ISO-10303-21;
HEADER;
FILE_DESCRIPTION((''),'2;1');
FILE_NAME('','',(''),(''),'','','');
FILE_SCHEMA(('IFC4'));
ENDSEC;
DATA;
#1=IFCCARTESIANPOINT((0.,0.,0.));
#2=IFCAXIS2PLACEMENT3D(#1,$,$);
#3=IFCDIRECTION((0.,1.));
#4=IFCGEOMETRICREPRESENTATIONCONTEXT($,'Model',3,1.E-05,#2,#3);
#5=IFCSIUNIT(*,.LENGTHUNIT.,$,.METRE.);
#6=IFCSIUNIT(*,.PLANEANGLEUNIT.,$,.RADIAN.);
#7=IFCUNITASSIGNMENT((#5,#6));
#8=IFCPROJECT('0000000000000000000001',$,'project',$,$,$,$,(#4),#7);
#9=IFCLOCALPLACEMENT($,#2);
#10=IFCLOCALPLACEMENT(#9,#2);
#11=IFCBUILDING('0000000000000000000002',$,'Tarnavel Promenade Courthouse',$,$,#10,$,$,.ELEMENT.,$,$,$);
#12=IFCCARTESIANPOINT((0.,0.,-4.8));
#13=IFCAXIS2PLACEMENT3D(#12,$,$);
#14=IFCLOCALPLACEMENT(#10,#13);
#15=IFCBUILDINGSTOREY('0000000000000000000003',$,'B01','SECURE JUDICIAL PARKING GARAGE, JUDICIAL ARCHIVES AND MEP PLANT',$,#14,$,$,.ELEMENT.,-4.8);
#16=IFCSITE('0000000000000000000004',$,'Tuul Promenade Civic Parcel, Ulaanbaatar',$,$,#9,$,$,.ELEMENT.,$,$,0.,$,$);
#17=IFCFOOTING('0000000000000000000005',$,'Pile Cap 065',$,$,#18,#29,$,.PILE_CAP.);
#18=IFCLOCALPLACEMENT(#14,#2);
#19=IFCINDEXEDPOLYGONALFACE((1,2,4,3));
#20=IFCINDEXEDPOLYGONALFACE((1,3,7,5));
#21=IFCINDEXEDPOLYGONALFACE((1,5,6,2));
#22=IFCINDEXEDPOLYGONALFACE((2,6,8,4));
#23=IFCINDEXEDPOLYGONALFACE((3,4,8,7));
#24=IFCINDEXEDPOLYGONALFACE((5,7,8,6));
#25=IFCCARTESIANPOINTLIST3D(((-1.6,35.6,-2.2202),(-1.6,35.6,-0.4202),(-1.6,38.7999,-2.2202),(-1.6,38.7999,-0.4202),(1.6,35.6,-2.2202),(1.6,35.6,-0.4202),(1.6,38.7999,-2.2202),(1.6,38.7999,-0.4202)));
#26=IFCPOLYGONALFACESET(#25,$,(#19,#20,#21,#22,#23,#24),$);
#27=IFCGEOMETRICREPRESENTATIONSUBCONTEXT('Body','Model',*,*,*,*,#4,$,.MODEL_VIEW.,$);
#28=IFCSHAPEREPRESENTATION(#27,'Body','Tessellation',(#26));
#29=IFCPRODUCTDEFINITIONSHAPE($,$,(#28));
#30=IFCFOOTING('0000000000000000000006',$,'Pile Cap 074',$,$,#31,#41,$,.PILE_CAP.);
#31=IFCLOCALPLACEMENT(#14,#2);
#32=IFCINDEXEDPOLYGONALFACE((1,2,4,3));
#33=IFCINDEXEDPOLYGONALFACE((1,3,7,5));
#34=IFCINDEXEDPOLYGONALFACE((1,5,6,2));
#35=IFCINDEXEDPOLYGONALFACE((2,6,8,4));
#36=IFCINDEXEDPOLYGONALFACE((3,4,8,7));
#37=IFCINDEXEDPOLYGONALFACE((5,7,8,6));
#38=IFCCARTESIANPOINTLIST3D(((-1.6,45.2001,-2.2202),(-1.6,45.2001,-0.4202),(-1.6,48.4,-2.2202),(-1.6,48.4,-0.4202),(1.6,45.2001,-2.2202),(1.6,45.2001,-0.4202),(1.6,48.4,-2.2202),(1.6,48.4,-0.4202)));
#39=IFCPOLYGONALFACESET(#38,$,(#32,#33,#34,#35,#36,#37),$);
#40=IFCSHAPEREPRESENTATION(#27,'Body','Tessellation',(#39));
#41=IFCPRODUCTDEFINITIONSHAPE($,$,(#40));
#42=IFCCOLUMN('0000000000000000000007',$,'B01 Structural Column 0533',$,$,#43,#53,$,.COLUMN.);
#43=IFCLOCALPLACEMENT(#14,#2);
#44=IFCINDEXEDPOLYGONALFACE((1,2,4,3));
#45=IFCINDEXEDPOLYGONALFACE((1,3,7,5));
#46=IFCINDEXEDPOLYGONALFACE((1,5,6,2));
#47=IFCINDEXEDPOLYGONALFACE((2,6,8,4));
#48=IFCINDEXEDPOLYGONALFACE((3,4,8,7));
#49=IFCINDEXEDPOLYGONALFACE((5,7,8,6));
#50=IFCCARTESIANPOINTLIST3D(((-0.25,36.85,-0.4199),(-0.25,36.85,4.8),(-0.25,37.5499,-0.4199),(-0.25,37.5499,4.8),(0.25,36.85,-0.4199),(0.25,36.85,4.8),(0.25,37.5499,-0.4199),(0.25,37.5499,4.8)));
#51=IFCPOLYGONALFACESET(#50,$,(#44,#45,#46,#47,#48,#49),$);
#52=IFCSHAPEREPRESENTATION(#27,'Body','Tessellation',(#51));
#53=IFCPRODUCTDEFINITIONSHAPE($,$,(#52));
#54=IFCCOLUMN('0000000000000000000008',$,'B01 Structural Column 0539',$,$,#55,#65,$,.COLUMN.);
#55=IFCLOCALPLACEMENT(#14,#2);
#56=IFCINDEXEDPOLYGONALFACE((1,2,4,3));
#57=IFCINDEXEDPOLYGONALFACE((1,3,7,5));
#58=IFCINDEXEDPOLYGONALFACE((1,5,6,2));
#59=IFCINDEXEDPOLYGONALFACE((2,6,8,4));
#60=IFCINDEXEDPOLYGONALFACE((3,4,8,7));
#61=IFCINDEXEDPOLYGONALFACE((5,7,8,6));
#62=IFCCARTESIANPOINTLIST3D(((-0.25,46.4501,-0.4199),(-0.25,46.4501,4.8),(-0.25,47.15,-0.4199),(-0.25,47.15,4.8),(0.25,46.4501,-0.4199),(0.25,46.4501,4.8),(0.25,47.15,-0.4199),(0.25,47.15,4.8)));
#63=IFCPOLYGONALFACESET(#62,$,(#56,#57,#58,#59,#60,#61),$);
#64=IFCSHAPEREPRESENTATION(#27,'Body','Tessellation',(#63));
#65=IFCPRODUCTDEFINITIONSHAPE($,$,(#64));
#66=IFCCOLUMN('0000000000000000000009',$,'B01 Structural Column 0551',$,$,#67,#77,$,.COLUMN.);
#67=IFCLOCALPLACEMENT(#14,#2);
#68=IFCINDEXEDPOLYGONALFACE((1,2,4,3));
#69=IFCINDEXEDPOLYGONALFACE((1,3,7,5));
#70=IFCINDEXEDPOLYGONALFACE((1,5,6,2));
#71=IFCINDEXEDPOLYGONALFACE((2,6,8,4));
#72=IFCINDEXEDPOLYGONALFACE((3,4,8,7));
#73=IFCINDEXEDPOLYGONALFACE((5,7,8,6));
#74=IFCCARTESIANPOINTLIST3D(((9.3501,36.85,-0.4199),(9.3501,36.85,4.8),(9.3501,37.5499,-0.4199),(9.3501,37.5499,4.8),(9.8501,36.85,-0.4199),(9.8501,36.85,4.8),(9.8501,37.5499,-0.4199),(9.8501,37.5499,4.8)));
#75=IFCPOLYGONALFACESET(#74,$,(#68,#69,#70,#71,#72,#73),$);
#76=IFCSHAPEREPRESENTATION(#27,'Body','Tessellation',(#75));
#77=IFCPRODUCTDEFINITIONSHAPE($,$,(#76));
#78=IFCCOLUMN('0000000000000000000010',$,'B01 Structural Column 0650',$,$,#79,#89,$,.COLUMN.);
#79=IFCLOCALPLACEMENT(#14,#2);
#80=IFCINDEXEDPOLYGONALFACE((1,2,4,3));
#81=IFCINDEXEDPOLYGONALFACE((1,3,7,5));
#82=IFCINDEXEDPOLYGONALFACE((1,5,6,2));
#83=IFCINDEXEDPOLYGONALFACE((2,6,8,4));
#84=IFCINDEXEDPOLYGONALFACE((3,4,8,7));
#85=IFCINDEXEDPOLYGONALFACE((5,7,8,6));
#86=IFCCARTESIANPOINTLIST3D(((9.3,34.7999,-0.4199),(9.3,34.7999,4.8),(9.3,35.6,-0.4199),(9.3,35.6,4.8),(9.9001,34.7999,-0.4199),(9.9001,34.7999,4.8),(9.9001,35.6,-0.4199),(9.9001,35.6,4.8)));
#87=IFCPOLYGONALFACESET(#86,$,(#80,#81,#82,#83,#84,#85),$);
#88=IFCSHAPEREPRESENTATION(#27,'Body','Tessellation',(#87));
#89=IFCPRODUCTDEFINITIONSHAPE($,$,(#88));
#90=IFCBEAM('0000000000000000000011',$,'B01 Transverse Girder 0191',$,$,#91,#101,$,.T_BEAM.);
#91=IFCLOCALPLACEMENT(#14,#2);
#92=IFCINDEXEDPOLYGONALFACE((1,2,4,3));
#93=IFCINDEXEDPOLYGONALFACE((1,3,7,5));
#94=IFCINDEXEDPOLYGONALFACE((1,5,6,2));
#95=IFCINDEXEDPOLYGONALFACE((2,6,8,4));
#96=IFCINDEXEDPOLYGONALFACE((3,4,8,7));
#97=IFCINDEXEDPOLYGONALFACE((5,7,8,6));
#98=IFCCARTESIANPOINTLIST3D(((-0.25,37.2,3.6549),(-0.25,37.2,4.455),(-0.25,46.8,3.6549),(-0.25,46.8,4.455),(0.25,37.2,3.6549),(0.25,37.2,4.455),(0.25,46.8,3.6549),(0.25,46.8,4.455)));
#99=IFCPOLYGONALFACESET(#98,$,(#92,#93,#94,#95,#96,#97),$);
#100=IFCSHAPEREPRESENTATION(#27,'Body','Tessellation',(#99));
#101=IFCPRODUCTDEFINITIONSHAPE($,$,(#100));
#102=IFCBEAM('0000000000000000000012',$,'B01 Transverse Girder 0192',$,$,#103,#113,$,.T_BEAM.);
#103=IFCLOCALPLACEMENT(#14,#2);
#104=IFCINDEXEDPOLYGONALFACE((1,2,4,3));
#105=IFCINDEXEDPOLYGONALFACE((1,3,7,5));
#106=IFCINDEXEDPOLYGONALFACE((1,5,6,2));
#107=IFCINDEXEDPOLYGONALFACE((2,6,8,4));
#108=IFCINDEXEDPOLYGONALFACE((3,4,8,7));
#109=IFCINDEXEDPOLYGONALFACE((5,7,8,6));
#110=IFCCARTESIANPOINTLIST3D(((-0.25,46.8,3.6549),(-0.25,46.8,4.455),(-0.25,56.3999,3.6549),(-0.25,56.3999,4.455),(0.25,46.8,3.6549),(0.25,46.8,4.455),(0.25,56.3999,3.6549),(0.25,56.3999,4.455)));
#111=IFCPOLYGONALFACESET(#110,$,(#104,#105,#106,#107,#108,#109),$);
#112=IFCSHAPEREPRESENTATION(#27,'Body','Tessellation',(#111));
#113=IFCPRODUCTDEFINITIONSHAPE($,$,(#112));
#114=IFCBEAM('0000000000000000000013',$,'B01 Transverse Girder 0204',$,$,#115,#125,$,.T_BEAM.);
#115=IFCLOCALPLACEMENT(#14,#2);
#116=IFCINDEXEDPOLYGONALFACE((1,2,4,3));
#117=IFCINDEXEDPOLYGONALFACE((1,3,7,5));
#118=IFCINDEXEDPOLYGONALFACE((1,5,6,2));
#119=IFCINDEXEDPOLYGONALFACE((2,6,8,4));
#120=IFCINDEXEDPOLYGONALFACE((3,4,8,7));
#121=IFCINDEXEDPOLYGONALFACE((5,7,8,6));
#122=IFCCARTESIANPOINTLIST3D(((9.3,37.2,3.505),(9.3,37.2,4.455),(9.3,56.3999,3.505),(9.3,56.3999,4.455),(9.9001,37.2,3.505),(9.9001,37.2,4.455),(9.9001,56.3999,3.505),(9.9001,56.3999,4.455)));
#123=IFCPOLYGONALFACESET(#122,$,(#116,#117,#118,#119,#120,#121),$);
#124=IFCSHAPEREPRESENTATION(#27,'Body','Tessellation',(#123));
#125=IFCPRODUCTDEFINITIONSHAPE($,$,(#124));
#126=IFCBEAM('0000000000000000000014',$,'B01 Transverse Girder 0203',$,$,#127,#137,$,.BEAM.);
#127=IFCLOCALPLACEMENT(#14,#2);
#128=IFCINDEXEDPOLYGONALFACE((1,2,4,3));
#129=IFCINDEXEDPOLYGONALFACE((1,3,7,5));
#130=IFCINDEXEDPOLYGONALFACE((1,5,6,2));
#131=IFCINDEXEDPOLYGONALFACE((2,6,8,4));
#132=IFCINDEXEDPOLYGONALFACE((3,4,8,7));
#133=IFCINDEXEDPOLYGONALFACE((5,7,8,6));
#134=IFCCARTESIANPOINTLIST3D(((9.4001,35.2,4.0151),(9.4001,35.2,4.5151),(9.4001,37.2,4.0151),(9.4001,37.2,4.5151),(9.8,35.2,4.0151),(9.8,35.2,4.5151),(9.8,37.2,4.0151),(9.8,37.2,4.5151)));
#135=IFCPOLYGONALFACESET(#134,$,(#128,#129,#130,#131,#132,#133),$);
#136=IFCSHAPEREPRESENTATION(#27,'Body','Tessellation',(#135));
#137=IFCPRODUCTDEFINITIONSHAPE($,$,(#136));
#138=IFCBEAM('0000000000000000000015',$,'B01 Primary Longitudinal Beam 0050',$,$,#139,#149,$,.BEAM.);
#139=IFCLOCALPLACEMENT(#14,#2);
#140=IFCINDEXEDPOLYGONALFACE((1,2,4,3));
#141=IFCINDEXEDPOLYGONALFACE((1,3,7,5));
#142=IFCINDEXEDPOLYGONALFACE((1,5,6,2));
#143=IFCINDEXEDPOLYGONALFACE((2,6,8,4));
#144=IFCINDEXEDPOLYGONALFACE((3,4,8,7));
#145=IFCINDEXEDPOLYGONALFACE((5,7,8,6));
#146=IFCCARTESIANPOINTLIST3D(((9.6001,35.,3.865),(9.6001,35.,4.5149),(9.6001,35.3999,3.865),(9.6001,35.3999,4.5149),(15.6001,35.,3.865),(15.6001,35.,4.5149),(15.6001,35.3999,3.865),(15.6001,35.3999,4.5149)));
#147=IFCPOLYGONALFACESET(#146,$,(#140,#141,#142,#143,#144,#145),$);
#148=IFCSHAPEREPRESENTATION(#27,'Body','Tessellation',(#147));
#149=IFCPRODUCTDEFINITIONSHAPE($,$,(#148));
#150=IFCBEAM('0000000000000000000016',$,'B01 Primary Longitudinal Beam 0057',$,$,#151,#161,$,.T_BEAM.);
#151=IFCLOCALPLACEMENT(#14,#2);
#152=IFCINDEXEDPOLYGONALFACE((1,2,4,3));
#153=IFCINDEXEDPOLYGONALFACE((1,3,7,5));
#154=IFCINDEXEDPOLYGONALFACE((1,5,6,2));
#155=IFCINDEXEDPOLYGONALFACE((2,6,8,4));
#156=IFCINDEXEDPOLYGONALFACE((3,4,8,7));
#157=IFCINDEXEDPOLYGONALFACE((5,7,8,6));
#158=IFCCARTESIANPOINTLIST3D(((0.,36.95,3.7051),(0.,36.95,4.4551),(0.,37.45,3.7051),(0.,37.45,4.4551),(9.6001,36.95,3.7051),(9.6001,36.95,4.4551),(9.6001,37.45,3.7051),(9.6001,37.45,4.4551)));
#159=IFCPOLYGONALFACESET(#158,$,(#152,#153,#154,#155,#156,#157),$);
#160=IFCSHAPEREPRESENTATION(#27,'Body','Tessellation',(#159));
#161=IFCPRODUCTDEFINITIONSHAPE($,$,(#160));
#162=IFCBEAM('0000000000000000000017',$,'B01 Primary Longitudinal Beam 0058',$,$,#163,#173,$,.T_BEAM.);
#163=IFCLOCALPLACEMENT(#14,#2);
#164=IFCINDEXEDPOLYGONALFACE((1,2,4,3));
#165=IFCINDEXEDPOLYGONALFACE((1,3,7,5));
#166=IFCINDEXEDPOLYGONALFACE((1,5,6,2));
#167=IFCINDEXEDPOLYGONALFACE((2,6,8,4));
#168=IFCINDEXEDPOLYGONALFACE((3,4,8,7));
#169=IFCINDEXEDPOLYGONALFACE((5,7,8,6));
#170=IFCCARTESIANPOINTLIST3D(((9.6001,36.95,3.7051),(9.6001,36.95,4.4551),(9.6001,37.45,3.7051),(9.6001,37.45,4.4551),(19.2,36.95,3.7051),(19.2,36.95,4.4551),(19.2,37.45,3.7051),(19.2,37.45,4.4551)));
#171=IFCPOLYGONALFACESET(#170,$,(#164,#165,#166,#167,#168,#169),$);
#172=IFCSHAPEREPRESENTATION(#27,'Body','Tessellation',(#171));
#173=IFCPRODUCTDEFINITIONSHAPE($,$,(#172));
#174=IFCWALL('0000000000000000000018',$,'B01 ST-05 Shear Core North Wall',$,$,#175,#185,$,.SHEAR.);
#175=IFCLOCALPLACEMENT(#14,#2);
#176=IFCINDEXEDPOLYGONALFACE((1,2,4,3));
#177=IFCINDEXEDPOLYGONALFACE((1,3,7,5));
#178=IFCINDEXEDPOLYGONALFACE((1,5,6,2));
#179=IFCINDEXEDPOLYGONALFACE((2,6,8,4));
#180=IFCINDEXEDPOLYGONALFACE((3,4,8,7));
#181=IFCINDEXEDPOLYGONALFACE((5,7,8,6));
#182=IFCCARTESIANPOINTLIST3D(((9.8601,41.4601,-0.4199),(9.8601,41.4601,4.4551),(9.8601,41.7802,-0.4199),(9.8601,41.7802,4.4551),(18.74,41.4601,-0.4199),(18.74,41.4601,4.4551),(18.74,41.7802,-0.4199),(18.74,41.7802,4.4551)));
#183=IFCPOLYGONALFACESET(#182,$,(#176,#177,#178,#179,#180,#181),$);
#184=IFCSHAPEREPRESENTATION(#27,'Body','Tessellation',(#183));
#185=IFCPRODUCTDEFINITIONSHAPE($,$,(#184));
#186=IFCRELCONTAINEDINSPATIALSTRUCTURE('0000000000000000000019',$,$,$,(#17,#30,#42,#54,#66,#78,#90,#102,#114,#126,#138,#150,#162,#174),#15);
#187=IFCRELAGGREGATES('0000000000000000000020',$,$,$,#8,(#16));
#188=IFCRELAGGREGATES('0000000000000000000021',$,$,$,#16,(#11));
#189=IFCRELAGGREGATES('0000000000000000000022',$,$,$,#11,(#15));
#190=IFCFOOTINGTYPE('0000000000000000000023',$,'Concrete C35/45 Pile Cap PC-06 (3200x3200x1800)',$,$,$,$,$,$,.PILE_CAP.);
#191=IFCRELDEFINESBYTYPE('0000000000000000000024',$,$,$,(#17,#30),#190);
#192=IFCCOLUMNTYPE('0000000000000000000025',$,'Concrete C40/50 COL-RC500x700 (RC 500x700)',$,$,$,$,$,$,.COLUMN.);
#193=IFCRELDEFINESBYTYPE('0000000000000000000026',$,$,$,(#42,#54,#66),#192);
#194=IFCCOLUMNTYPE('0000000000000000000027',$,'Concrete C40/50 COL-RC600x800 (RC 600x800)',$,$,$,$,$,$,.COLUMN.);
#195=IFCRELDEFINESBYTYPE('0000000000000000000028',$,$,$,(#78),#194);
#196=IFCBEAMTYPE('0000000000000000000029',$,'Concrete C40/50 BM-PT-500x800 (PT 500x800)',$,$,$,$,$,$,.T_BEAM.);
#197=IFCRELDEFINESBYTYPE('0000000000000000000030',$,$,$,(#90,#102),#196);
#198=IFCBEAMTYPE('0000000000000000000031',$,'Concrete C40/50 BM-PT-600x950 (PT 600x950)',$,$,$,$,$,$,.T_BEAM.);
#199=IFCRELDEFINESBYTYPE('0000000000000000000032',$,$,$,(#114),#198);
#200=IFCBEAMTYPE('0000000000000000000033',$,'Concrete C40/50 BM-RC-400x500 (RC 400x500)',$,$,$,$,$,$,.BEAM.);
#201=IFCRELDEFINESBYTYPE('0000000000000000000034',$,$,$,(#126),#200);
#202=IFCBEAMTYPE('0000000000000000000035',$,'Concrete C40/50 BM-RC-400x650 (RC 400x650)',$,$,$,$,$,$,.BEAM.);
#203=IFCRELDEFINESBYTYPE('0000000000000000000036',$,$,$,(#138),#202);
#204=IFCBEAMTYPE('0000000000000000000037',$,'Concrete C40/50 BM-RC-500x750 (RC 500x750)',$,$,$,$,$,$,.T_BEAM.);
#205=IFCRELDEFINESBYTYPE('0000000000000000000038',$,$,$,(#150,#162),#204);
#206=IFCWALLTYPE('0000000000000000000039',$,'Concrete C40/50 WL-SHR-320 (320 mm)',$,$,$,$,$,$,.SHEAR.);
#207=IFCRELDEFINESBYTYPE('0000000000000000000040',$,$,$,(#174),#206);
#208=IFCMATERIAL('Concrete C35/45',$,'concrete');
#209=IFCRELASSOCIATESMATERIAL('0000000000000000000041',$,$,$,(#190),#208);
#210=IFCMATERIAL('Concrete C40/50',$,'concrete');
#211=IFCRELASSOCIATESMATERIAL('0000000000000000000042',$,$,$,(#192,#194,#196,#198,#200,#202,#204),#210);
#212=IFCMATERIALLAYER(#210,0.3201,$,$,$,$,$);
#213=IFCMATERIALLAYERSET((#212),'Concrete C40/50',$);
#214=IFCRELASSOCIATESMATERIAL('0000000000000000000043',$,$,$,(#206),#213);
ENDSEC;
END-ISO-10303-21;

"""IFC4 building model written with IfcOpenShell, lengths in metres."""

from ifc_helpers import new_model, si_unit, direction, frame, frame_2d, origin, origin_2d, place, context, subcontext, project, spatial, rectangle, extrude, material, layer, layer_set, material_profile, profile_set, type_object, element, save


model = new_model("IFC4")

# Units and contexts
model_context = context("Model", 3, precision=1e-05, world=origin(), true_north=direction((0.0, 1.0)))
body_context = subcontext(model_context, "Body", "Model", "MODEL_VIEW")
ifc_project = project(units=[si_unit("LENGTHUNIT", "METRE"), si_unit("PLANEANGLEUNIT", "RADIAN")], contexts=[model_context])

# Site, building, storey
site_placement = place(None, origin())
site = spatial("IfcSite", under=ifc_project, at=site_placement, Name="Tuul Promenade Civic Parcel, Ulaanbaatar", CompositionType="ELEMENT", RefElevation=0.0)
building_placement = place(site_placement, origin())
building = spatial("IfcBuilding", under=site, at=building_placement, Name="Tarnavel Promenade Courthouse", CompositionType="ELEMENT")
storey_placement = place(building_placement, frame((0.0, 0.0, -4.8)))
storey = spatial("IfcBuildingStorey", under=building, at=storey_placement, Name="B01", Description="SECURE JUDICIAL PARKING GARAGE, JUDICIAL ARCHIVES AND MEP PLANT", CompositionType="ELEMENT", Elevation=-4.8)

# Footings
ifc_material_1 = material(Name="Concrete C35/45", Category="concrete")
footing_type_1 = type_object("IfcFootingType", Name="Concrete C35/45 Pile Cap PC-06 (3200x3200x1800)", PredefinedType="PILE_CAP", material=ifc_material_1)
for number, where, z_axis, x_axis, name in (
    (1, (0.0, 37.2, -2.2202), (0.0, 0.0, 1.0), (1.0, 0.0, 0.0), "Pile Cap 065"),
    (2, (0.0, 46.8, -2.2202), (0.0, 0.0, 1.0), (1.0, 0.0, 0.0), "Pile Cap 074"),
):
    element("IfcFooting", number, at=place(storey_placement, frame(where, z_axis=z_axis, x_axis=x_axis)), inside=storey, type_object=footing_type_1, Name=name, PredefinedType="PILE_CAP", context=body_context, shape_type="SweptSolid", body=[
        extrude(rectangle(XDim=3.2, YDim=3.2, at=origin_2d()), origin(), (0.0, 0.0, 1.0), 1.8),
    ])

# Columns
ifc_material_2 = material(Name="Concrete C40/50", Category="concrete")
ifc_material_profile_1 = material_profile(ifc_material_2, rectangle(XDim=0.5, YDim=0.7, at=origin_2d()), Name="RC 500x700")
ifc_profile_set_1 = profile_set([ifc_material_profile_1], Name="Concrete C40/50")
column_type_1 = type_object("IfcColumnType", Name="Concrete C40/50 COL-RC500x700 (RC 500x700)", PredefinedType="COLUMN", material=ifc_profile_set_1)
for number, where, z_axis, x_axis, name in (
    (3, (0.0, 37.2, -0.4199), (0.0, 0.0, 1.0), (1.0, 0.0, 0.0), "B01 Structural Column 0533"),
    (4, (0.0, 46.8, -0.4199), (0.0, 0.0, 1.0), (1.0, 0.0, 0.0), "B01 Structural Column 0539"),
    (5, (9.6001, 37.2, -0.4199), (0.0, 0.0, 1.0), (1.0, 0.0, 0.0), "B01 Structural Column 0551"),
):
    element("IfcColumn", number, at=place(storey_placement, frame(where, z_axis=z_axis, x_axis=x_axis)), inside=storey, type_object=column_type_1, Name=name, PredefinedType="COLUMN", context=body_context, shape_type="SweptSolid", body=[
        extrude(rectangle(XDim=0.5, YDim=0.7, at=origin_2d()), origin(), (0.0, 0.0, 1.0), 5.22),
    ])
ifc_material_profile_2 = material_profile(ifc_material_2, rectangle(XDim=0.6001, YDim=0.8, at=origin_2d()), Name="RC 600x800")
ifc_profile_set_2 = profile_set([ifc_material_profile_2], Name="Concrete C40/50")
column_type_2 = type_object("IfcColumnType", Name="Concrete C40/50 COL-RC600x800 (RC 600x800)", PredefinedType="COLUMN", material=ifc_profile_set_2)
column_placement = place(storey_placement, frame((9.6001, 35.2, -0.4199), z_axis=(0.0, 0.0, 1.0), x_axis=(1.0, 0.0, 0.0)))
element("IfcColumn", 6, at=column_placement, inside=storey, type_object=column_type_2, Name="B01 Structural Column 0650", PredefinedType="COLUMN", context=body_context, shape_type="SweptSolid", body=[
    extrude(rectangle(XDim=0.6001, YDim=0.8, at=origin_2d()), origin(), (0.0, 0.0, 1.0), 5.22),
])

# Beams
ifc_material_profile_3 = material_profile(ifc_material_2, rectangle(XDim=0.5, YDim=0.8, at=origin_2d()), Name="PT 500x800")
ifc_profile_set_3 = profile_set([ifc_material_profile_3], Name="Concrete C40/50")
beam_type_1 = type_object("IfcBeamType", Name="Concrete C40/50 BM-PT-500x800 (PT 500x800)", PredefinedType="T_BEAM", material=ifc_profile_set_3)
beam_1_placement = place(storey_placement, frame((0.0, 37.2, 4.0549), z_axis=(0.0, 1.0, 0.0), x_axis=(-1.0, 0.0, 0.0)))
element("IfcBeam", 7, at=beam_1_placement, inside=storey, type_object=beam_type_1, Name="B01 Transverse Girder 0191", PredefinedType="T_BEAM", context=body_context, shape_type="SweptSolid", body=[
    extrude(rectangle(XDim=0.5, YDim=0.8, at=origin_2d()), origin(), (0.0, 0.0, 1.0), 9.6001),
])
beam_2_placement = place(storey_placement, frame((0.0, 46.8, 4.0549), z_axis=(0.0, 1.0, 0.0), x_axis=(-1.0, 0.0, 0.0)))
element("IfcBeam", 8, at=beam_2_placement, inside=storey, type_object=beam_type_1, Name="B01 Transverse Girder 0192", PredefinedType="T_BEAM", context=body_context, shape_type="SweptSolid", body=[
    extrude(rectangle(XDim=0.5, YDim=0.8, at=origin_2d()), origin(), (0.0, 0.0, 1.0), 9.5999),
])
ifc_material_profile_4 = material_profile(ifc_material_2, rectangle(XDim=0.6001, YDim=0.95, at=origin_2d()), Name="PT 600x950")
ifc_profile_set_4 = profile_set([ifc_material_profile_4], Name="Concrete C40/50")
beam_type_2 = type_object("IfcBeamType", Name="Concrete C40/50 BM-PT-600x950 (PT 600x950)", PredefinedType="T_BEAM", material=ifc_profile_set_4)
beam_3_placement = place(storey_placement, frame((9.6001, 37.2, 3.98), z_axis=(0.0, 1.0, 0.0), x_axis=(-1.0, 0.0, 0.0)))
element("IfcBeam", 9, at=beam_3_placement, inside=storey, type_object=beam_type_2, Name="B01 Transverse Girder 0204", PredefinedType="T_BEAM", context=body_context, shape_type="SweptSolid", body=[
    extrude(rectangle(XDim=0.6001, YDim=0.95, at=origin_2d()), origin(), (0.0, 0.0, 1.0), 19.2),
])
ifc_material_profile_5 = material_profile(ifc_material_2, rectangle(XDim=0.3999, YDim=0.5, at=origin_2d()), Name="RC 400x500")
ifc_profile_set_5 = profile_set([ifc_material_profile_5], Name="Concrete C40/50")
beam_type_3 = type_object("IfcBeamType", Name="Concrete C40/50 BM-RC-400x500 (RC 400x500)", PredefinedType="BEAM", material=ifc_profile_set_5)
beam_4_placement = place(storey_placement, frame((9.6001, 35.2, 4.2651), z_axis=(0.0, 1.0, 0.0), x_axis=(-1.0, 0.0, 0.0)))
element("IfcBeam", 10, at=beam_4_placement, inside=storey, type_object=beam_type_3, Name="B01 Transverse Girder 0203", PredefinedType="BEAM", context=body_context, shape_type="SweptSolid", body=[
    extrude(rectangle(XDim=0.3999, YDim=0.5, at=origin_2d()), origin(), (0.0, 0.0, 1.0), 2.0),
])
ifc_material_profile_6 = material_profile(ifc_material_2, rectangle(XDim=0.3999, YDim=0.6499, at=origin_2d()), Name="RC 400x650")
ifc_profile_set_6 = profile_set([ifc_material_profile_6], Name="Concrete C40/50")
beam_type_4 = type_object("IfcBeamType", Name="Concrete C40/50 BM-RC-400x650 (RC 400x650)", PredefinedType="BEAM", material=ifc_profile_set_6)
beam_5_placement = place(storey_placement, frame((9.6001, 35.2, 4.1899), z_axis=(1.0, 0.0, 0.0), x_axis=(0.0, 1.0, 0.0)))
element("IfcBeam", 11, at=beam_5_placement, inside=storey, type_object=beam_type_4, Name="B01 Primary Longitudinal Beam 0050", PredefinedType="BEAM", context=body_context, shape_type="SweptSolid", body=[
    extrude(rectangle(XDim=0.3999, YDim=0.6499, at=origin_2d()), origin(), (0.0, 0.0, 1.0), 6.0),
])
ifc_material_profile_7 = material_profile(ifc_material_2, rectangle(XDim=0.5, YDim=0.75, at=origin_2d()), Name="RC 500x750")
ifc_profile_set_7 = profile_set([ifc_material_profile_7], Name="Concrete C40/50")
beam_type_5 = type_object("IfcBeamType", Name="Concrete C40/50 BM-RC-500x750 (RC 500x750)", PredefinedType="T_BEAM", material=ifc_profile_set_7)
beam_6_placement = place(storey_placement, frame((0.0, 37.2, 4.0801), z_axis=(1.0, 0.0, 0.0), x_axis=(0.0, 1.0, 0.0)))
element("IfcBeam", 12, at=beam_6_placement, inside=storey, type_object=beam_type_5, Name="B01 Primary Longitudinal Beam 0057", PredefinedType="T_BEAM", context=body_context, shape_type="SweptSolid", body=[
    extrude(rectangle(XDim=0.5, YDim=0.75, at=origin_2d()), origin(), (0.0, 0.0, 1.0), 9.6001),
])
beam_7_placement = place(storey_placement, frame((9.6001, 37.2, 4.0801), z_axis=(1.0, 0.0, 0.0), x_axis=(0.0, 1.0, 0.0)))
element("IfcBeam", 13, at=beam_7_placement, inside=storey, type_object=beam_type_5, Name="B01 Primary Longitudinal Beam 0058", PredefinedType="T_BEAM", context=body_context, shape_type="SweptSolid", body=[
    extrude(rectangle(XDim=0.5, YDim=0.75, at=origin_2d()), origin(), (0.0, 0.0, 1.0), 9.5999),
])

# Wall
ifc_layer = layer(ifc_material_2, 0.3201)
ifc_layer_set = layer_set([ifc_layer], Name="Concrete C40/50")
wall_type = type_object("IfcWallType", Name="Concrete C40/50 WL-SHR-320 (320 mm)", PredefinedType="SHEAR", material=ifc_layer_set)
wall_1_placement = place(storey_placement, frame((9.8601, 41.6201, -0.4199), z_axis=(0.0, 0.0, 1.0), x_axis=(1.0, 0.0, 0.0)))
element("IfcWall", 14, at=wall_1_placement, inside=storey, type_object=wall_type, Name="B01 ST-05 Shear Core North Wall", PredefinedType="SHEAR", context=body_context, shape_type="SweptSolid", body=[
    extrude(rectangle(XDim=8.8799, YDim=0.3201, at=frame_2d((4.4399, 0.0))), origin(), (0.0, 0.0, 1.0), 4.875),
])

save(model, "model.ifc")
